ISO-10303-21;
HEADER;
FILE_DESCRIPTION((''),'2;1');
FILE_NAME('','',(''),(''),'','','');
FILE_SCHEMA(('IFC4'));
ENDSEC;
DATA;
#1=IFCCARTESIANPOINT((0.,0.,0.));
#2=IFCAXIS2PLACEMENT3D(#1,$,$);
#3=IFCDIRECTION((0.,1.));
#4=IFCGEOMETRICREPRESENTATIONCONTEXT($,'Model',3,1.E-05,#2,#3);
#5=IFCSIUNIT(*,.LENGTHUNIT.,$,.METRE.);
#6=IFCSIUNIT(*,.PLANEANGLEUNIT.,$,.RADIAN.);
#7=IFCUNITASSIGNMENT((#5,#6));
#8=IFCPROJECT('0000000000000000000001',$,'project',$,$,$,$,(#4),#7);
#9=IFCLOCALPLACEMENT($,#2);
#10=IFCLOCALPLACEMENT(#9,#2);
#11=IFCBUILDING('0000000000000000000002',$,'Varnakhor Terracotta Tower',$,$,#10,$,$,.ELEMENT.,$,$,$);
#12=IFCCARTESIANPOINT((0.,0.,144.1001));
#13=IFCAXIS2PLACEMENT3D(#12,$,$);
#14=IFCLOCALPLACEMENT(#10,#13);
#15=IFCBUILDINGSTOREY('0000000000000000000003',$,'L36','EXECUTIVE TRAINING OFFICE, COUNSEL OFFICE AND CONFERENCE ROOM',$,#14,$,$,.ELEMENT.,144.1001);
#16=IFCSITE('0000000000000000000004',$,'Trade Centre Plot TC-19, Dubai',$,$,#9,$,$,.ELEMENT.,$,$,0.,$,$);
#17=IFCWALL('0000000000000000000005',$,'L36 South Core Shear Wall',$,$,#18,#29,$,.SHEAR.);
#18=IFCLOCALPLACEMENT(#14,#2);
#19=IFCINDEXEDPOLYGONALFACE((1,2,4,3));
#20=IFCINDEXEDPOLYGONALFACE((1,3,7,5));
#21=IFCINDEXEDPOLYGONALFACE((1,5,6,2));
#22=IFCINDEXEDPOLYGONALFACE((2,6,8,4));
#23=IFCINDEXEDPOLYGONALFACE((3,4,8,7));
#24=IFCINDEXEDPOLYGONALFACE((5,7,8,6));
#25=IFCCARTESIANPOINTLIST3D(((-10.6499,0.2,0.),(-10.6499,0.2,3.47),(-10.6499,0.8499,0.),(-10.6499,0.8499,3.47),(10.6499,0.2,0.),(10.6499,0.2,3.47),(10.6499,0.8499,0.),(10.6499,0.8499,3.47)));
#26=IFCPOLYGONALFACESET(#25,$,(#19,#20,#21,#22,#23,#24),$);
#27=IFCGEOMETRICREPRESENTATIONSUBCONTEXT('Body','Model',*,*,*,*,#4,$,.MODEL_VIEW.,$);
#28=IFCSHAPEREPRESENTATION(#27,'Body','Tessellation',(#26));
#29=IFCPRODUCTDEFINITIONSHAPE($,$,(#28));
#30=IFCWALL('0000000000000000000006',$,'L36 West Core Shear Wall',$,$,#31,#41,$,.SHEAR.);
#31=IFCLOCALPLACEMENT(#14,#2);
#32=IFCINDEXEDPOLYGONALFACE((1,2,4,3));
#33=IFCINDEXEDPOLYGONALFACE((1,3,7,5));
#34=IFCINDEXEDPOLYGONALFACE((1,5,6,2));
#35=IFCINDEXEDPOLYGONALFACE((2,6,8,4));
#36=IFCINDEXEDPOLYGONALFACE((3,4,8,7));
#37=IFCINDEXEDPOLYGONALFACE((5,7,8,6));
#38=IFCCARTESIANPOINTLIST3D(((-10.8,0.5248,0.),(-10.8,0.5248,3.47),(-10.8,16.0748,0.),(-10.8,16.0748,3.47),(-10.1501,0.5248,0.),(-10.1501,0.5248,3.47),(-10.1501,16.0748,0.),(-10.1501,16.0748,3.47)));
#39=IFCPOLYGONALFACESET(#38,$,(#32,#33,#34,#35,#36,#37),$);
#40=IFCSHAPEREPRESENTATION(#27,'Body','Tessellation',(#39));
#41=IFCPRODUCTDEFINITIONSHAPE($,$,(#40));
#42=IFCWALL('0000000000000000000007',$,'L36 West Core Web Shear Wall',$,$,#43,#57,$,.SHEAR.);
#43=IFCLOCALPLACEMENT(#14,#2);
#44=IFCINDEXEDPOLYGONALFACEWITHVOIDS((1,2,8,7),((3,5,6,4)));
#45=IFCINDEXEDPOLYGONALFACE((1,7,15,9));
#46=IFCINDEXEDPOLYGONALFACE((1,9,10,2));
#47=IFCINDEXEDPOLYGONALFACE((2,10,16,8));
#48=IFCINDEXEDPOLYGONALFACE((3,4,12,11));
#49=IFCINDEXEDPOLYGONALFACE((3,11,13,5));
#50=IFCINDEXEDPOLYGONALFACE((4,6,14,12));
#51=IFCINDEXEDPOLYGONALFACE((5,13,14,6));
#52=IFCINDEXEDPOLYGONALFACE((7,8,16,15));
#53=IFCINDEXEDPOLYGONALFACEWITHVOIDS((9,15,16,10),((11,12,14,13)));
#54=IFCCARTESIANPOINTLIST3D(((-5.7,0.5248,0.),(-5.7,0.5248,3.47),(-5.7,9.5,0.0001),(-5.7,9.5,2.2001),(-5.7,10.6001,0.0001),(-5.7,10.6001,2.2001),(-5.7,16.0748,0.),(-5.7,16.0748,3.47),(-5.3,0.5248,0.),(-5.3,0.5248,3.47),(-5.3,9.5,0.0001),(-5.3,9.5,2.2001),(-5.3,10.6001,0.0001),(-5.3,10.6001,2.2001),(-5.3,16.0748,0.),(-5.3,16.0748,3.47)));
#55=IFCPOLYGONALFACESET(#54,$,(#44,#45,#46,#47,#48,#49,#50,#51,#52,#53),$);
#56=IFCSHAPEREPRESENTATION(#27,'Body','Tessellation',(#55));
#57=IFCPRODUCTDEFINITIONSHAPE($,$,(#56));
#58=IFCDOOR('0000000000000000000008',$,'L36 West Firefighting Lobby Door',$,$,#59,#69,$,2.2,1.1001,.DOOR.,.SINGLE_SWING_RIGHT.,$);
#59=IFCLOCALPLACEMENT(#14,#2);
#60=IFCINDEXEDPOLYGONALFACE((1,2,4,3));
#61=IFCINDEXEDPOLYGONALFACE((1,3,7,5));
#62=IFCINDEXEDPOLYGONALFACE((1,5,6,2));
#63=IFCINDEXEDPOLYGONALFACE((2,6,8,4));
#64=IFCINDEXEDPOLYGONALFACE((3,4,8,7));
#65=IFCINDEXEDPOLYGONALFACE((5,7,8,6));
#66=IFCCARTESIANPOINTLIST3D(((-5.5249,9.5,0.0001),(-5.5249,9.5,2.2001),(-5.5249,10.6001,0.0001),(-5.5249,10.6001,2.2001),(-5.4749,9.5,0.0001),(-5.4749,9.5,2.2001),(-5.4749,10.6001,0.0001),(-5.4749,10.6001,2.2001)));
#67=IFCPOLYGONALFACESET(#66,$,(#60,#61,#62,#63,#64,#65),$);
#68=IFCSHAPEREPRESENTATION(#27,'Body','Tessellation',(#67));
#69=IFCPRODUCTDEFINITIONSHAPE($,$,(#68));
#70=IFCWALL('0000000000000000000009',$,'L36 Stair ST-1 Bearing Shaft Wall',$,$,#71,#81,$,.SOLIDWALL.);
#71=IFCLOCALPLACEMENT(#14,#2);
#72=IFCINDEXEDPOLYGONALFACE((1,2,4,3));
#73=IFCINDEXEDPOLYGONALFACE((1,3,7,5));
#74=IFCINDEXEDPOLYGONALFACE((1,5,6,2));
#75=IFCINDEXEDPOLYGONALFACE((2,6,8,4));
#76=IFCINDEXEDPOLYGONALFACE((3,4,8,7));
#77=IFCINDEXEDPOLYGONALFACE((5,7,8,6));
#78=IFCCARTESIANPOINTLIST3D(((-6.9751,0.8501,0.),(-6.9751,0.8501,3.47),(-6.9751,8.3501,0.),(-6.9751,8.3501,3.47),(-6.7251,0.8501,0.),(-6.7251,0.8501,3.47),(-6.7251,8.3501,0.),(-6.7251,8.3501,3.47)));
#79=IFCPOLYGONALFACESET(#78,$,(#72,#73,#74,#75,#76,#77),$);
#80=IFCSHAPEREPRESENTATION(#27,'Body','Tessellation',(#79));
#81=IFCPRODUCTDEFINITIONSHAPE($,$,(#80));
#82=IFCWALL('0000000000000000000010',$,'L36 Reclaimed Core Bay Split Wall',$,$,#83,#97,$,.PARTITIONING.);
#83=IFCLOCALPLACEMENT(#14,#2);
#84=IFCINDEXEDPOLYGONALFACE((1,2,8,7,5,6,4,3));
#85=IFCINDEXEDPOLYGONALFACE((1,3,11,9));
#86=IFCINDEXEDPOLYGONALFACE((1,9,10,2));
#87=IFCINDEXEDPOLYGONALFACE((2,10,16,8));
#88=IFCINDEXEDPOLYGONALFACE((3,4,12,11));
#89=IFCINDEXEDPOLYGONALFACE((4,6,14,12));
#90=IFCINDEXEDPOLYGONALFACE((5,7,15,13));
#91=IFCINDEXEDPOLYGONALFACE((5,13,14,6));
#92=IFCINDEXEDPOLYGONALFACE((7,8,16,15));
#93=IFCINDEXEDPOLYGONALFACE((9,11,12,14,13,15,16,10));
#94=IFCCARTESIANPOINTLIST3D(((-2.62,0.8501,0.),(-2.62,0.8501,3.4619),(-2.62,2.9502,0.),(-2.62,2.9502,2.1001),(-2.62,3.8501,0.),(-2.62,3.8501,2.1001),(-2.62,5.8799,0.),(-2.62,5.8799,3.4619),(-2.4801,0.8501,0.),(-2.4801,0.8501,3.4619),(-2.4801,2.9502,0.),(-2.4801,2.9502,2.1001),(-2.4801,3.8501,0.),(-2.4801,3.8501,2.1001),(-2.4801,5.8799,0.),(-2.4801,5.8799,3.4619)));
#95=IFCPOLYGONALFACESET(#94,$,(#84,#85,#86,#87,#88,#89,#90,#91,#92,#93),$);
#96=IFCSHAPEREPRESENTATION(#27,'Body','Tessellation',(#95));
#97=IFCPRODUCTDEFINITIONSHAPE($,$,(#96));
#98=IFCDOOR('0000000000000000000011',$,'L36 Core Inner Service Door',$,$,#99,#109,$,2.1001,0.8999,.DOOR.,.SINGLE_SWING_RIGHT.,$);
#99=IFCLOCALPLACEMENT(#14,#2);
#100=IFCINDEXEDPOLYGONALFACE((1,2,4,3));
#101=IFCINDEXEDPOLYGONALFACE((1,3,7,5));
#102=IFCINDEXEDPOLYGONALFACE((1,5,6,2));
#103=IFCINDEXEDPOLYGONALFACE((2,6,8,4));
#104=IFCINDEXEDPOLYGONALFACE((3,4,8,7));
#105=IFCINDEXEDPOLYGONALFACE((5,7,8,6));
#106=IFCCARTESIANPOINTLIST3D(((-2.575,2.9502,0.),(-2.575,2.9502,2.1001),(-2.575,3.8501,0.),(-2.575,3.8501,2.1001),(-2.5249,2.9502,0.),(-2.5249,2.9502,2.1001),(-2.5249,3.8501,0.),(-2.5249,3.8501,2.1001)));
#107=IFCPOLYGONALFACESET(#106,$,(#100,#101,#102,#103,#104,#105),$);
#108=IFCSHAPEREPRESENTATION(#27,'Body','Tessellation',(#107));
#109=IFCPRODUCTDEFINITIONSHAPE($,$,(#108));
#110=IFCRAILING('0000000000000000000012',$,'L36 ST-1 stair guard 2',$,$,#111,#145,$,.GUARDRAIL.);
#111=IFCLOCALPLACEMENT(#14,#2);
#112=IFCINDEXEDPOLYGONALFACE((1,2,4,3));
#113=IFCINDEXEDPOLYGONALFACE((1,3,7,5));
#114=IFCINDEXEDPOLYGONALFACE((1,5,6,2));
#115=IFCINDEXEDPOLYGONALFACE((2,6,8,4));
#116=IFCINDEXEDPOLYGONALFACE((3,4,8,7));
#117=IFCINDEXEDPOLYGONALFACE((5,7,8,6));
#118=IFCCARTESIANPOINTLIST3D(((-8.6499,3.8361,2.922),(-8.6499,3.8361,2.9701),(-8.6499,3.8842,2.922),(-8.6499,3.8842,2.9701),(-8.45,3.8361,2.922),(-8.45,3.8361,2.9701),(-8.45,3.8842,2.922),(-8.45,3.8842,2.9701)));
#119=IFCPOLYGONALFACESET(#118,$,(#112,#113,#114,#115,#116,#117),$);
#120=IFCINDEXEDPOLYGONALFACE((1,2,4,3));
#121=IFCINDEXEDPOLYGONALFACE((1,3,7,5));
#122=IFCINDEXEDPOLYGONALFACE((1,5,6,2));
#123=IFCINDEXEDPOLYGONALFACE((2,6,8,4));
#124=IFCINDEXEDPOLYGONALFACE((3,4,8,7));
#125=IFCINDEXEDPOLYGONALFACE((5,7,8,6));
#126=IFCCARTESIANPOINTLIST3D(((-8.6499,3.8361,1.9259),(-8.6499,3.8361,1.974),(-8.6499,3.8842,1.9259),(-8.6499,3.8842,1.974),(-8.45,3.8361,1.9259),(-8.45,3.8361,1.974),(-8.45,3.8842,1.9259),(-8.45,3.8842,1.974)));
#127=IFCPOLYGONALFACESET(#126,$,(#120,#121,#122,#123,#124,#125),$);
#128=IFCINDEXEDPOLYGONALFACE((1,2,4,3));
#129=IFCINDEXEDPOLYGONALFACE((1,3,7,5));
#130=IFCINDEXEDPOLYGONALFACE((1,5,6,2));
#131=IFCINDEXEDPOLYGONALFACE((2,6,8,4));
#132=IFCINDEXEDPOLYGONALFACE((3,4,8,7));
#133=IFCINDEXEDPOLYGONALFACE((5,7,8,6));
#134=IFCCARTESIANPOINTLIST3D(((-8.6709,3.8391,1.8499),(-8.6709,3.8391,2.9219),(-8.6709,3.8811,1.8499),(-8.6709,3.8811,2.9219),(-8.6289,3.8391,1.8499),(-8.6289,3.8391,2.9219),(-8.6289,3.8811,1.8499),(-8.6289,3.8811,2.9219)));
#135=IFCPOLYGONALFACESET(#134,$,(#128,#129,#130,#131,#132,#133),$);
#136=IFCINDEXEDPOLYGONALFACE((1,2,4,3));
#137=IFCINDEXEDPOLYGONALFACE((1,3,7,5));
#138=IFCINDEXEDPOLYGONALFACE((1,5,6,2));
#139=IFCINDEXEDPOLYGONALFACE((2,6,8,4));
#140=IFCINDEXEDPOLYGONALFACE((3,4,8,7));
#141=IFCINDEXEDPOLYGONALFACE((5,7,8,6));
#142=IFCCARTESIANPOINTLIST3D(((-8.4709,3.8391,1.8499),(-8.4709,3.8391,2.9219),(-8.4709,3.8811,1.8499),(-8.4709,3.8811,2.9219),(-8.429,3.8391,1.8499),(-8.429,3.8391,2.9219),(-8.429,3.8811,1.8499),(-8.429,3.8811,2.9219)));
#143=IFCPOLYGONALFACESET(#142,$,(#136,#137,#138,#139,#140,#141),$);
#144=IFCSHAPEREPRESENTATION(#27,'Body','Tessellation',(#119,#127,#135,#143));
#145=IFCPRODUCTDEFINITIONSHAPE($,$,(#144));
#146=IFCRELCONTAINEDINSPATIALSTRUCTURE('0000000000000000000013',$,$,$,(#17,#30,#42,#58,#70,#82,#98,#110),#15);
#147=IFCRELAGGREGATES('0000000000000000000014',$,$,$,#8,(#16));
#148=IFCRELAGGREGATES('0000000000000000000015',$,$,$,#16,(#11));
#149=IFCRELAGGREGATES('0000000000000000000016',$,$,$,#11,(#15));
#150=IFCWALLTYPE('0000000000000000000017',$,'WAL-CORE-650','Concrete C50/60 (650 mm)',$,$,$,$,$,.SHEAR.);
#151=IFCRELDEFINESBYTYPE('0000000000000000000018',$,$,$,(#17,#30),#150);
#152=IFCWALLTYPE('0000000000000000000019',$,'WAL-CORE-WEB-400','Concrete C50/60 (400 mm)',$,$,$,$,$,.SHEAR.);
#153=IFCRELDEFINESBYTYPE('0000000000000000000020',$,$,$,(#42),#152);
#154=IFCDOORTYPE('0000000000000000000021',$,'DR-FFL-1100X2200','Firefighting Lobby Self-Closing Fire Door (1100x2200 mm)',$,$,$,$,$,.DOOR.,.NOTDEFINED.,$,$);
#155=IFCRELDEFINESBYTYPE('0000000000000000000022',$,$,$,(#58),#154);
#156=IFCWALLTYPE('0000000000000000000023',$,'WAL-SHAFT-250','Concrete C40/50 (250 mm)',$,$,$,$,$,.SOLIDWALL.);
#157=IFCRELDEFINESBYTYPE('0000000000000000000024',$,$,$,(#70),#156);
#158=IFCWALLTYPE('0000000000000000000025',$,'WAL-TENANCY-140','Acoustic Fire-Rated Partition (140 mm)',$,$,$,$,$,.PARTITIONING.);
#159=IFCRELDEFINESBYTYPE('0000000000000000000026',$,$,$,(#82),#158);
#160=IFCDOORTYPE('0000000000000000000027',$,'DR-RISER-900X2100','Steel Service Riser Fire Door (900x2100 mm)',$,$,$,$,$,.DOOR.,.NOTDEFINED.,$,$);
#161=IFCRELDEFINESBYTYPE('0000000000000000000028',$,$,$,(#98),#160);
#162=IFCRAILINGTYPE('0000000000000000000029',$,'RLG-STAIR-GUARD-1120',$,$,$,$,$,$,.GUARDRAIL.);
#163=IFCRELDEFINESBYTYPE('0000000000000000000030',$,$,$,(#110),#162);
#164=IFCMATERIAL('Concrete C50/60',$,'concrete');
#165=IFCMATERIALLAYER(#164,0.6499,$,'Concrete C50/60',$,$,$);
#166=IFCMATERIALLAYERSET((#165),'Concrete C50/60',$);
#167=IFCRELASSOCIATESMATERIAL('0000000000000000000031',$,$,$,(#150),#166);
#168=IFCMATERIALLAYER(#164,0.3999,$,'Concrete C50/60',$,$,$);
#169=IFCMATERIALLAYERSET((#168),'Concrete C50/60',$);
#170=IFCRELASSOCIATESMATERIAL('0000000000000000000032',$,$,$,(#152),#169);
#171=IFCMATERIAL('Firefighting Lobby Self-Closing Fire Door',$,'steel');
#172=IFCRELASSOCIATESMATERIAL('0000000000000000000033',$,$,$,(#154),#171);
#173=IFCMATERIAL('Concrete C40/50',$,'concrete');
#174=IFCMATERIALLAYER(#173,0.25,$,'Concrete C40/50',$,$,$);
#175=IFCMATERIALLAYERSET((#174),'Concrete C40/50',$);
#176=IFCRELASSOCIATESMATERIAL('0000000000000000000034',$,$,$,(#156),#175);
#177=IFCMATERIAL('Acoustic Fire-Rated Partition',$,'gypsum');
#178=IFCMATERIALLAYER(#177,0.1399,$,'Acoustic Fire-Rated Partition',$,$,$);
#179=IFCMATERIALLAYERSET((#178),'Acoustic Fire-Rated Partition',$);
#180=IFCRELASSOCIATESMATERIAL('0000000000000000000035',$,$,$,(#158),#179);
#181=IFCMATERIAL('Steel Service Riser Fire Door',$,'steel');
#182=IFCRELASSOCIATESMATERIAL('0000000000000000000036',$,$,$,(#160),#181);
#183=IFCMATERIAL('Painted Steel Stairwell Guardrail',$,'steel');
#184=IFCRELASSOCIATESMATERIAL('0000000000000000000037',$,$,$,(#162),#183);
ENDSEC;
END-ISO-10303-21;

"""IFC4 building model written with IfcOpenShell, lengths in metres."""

from ifc_helpers import new_model, si_unit, direction, frame, frame_2d, origin, origin_2d, place, context, subcontext, project, spatial, rectangle, extrude, source, transform, mapped, material, layer, layer_set, type_object, type_shapes, element, fill, save


model = new_model("IFC4")

# Units and contexts
model_context = context("Model", 3, precision=1e-05, world=origin(), true_north=direction((0.0, 1.0)))
body_context = subcontext(model_context, "Body", "Model", "MODEL_VIEW")
ifc_project = project(units=[si_unit("LENGTHUNIT", "METRE"), si_unit("PLANEANGLEUNIT", "RADIAN")], contexts=[model_context])

# Site, building, storey
site_placement = place(None, origin())
site = spatial("IfcSite", under=ifc_project, at=site_placement, Name="Trade Centre Plot TC-19, Dubai", CompositionType="ELEMENT", RefElevation=0.0)
building_placement = place(site_placement, origin())
building = spatial("IfcBuilding", under=site, at=building_placement, Name="Varnakhor Terracotta Tower", CompositionType="ELEMENT")
storey_placement = place(building_placement, frame((0.0, 0.0, 144.1001)))
storey = spatial("IfcBuildingStorey", under=building, at=storey_placement, Name="L36", Description="EXECUTIVE TRAINING OFFICE, COUNSEL OFFICE AND CONFERENCE ROOM", CompositionType="ELEMENT", Elevation=144.1001)

# Shared definitions
ifc_material_1 = material(Name="Concrete C50/60", Category="concrete")

# Walls
ifc_layer_1 = layer(ifc_material_1, 0.6499, Name="Concrete C50/60")
ifc_layer_set_1 = layer_set([ifc_layer_1], Name="Concrete C50/60")
wall_type_1 = type_object("IfcWallType", Name="WAL-CORE-650", Description="Concrete C50/60 (650 mm)", PredefinedType="SHEAR", material=ifc_layer_set_1)
wall_1_placement = place(storey_placement, frame((-10.6499, 0.5249, 0.0), z_axis=(0.0, 0.0, 1.0), x_axis=(1.0, 0.0, 0.0)))
element("IfcWall", 1, at=wall_1_placement, inside=storey, type_object=wall_type_1, Name="L36 South Core Shear Wall", PredefinedType="SHEAR", context=body_context, shape_type="SweptSolid", body=[
    extrude(rectangle(XDim=21.2998, YDim=0.6499, at=frame_2d((10.6499, 0.0))), origin(), (0.0, 0.0, 1.0), 3.47),
])
wall_2_placement = place(storey_placement, frame((-10.4751, 0.5249, 0.0), z_axis=(0.0, 0.0, 1.0), x_axis=(0.0, 1.0, 0.0)))
element("IfcWall", 2, at=wall_2_placement, inside=storey, type_object=wall_type_1, Name="L36 West Core Shear Wall", PredefinedType="SHEAR", context=body_context, shape_type="SweptSolid", body=[
    extrude(rectangle(XDim=15.55, YDim=0.6499, at=frame_2d((7.7749, 0.0))), origin(), (0.0, 0.0, 1.0), 3.47),
])

# Wall, opening, door
ifc_layer_2 = layer(ifc_material_1, 0.3999, Name="Concrete C50/60")
ifc_layer_set_2 = layer_set([ifc_layer_2], Name="Concrete C50/60")
wall_type_2 = type_object("IfcWallType", Name="WAL-CORE-WEB-400", Description="Concrete C50/60 (400 mm)", PredefinedType="SHEAR", material=ifc_layer_set_2)
wall_3_placement = place(storey_placement, frame((-5.5, 0.5249, 0.0), z_axis=(0.0, 0.0, 1.0), x_axis=(0.0, 1.0, 0.0)))
wall_3 = element("IfcWall", 3, at=wall_3_placement, inside=storey, type_object=wall_type_2, Name="L36 West Core Web Shear Wall", PredefinedType="SHEAR", context=body_context, shape_type="SweptSolid", body=[
    extrude(rectangle(XDim=15.55, YDim=0.3999, at=frame_2d((7.7749, 0.0))), origin(), (0.0, 0.0, 1.0), 3.47),
])
opening_1_placement = place(wall_3_placement, frame((8.9751, 0.0, 0.0)))
opening_1 = element("IfcOpeningElement", 4, at=opening_1_placement, cuts=wall_3, PredefinedType="OPENING", context=body_context, shape_type="SweptSolid", body=[
    extrude(rectangle(XDim=1.1001, YDim=2.2, at=frame_2d((0.55, 1.1001))), frame((0.0, 0.21, 0.0), z_axis=(0.0, -1.0, 0.0), x_axis=(1.0, 0.0, 0.0)), (0.0, 0.0, 1.0), 0.4199),
])
ifc_material_2 = material(Name="Firefighting Lobby Self-Closing Fire Door", Category="steel")
door_type_1 = type_object("IfcDoorType", Name="DR-FFL-1100X2200", Description="Firefighting Lobby Self-Closing Fire Door (1100x2200 mm)", OperationType="NOTDEFINED", PredefinedType="DOOR", material=ifc_material_2)
shared_shape_1 = source(origin(), body_context, "Body", "SweptSolid", [
    extrude(rectangle(XDim=1.1001, YDim=2.2, at=frame_2d((0.55, 1.1001))), frame((0.0, 0.0249, 0.0), z_axis=(0.0, -1.0, 0.0), x_axis=(1.0, 0.0, 0.0)), (0.0, 0.0, 1.0), 0.05),
])
type_shapes(door_type_1, [shared_shape_1])
door_1_placement = place(opening_1_placement, origin())
door_1 = element("IfcDoor", 5, at=door_1_placement, inside=storey, type_object=door_type_1, Name="L36 West Firefighting Lobby Door", OperationType="SINGLE_SWING_RIGHT", OverallHeight=2.2, OverallWidth=1.1001, PredefinedType="DOOR", context=body_context, shape_type="MappedRepresentation", body=[
    mapped(shared_shape_1, transform((0.0, 0.0, 0.0), scale=1.0)),
])
fill(opening_1, door_1)

# Wall
ifc_material_3 = material(Name="Concrete C40/50", Category="concrete")
ifc_layer_3 = layer(ifc_material_3, 0.25, Name="Concrete C40/50")
ifc_layer_set_3 = layer_set([ifc_layer_3], Name="Concrete C40/50")
wall_type_3 = type_object("IfcWallType", Name="WAL-SHAFT-250", Description="Concrete C40/50 (250 mm)", PredefinedType="SOLIDWALL", material=ifc_layer_set_3)
wall_4_placement = place(storey_placement, frame((-6.8501, 0.8501, 0.0), z_axis=(0.0, 0.0, 1.0), x_axis=(0.0, 1.0, 0.0)))
element("IfcWall", 6, at=wall_4_placement, inside=storey, type_object=wall_type_3, Name="L36 Stair ST-1 Bearing Shaft Wall", PredefinedType="SOLIDWALL", context=body_context, shape_type="SweptSolid", body=[
    extrude(rectangle(XDim=7.5, YDim=0.25, at=frame_2d((3.75, 0.0))), origin(), (0.0, 0.0, 1.0), 3.47),
])

# Wall, opening, door
ifc_material_4 = material(Name="Acoustic Fire-Rated Partition", Category="gypsum")
ifc_layer_4 = layer(ifc_material_4, 0.1399, Name="Acoustic Fire-Rated Partition")
ifc_layer_set_4 = layer_set([ifc_layer_4], Name="Acoustic Fire-Rated Partition")
wall_type_4 = type_object("IfcWallType", Name="WAL-TENANCY-140", Description="Acoustic Fire-Rated Partition (140 mm)", PredefinedType="PARTITIONING", material=ifc_layer_set_4)
wall_5_placement = place(storey_placement, frame((-2.55, 0.8501, 0.0), z_axis=(0.0, 0.0, 1.0), x_axis=(0.0, 1.0, 0.0)))
wall_5 = element("IfcWall", 7, at=wall_5_placement, inside=storey, type_object=wall_type_4, Name="L36 Reclaimed Core Bay Split Wall", PredefinedType="PARTITIONING", context=body_context, shape_type="SweptSolid", body=[
    extrude(rectangle(XDim=5.0298, YDim=0.1399, at=frame_2d((2.5149, 0.0))), origin(), (0.0, 0.0, 1.0), 3.4619),
])
opening_2_placement = place(wall_5_placement, frame((2.1001, 0.0, 0.0)))
opening_2 = element("IfcOpeningElement", 8, at=opening_2_placement, cuts=wall_5, PredefinedType="OPENING", context=body_context, shape_type="SweptSolid", body=[
    extrude(rectangle(XDim=0.8999, YDim=2.1001, at=frame_2d((0.45, 1.05))), frame((0.0, 0.0801, 0.0), z_axis=(0.0, -1.0, 0.0), x_axis=(1.0, 0.0, 0.0)), (0.0, 0.0, 1.0), 0.1599),
])
ifc_material_5 = material(Name="Steel Service Riser Fire Door", Category="steel")
door_type_2 = type_object("IfcDoorType", Name="DR-RISER-900X2100", Description="Steel Service Riser Fire Door (900x2100 mm)", OperationType="NOTDEFINED", PredefinedType="DOOR", material=ifc_material_5)
shared_shape_2 = source(origin(), body_context, "Body", "SweptSolid", [
    extrude(rectangle(XDim=0.8999, YDim=2.1001, at=frame_2d((0.45, 1.05))), frame((0.0, 0.0249, 0.0), z_axis=(0.0, -1.0, 0.0), x_axis=(1.0, 0.0, 0.0)), (0.0, 0.0, 1.0), 0.05),
])
type_shapes(door_type_2, [shared_shape_2])
door_2_placement = place(opening_2_placement, origin())
door_2 = element("IfcDoor", 9, at=door_2_placement, inside=storey, type_object=door_type_2, Name="L36 Core Inner Service Door", OperationType="SINGLE_SWING_RIGHT", OverallHeight=2.1001, OverallWidth=0.8999, PredefinedType="DOOR", context=body_context, shape_type="MappedRepresentation", body=[
    mapped(shared_shape_2, transform((0.0, 0.0, 0.0), scale=1.0)),
])
fill(opening_2, door_2)

# Railing
ifc_material_6 = material(Name="Painted Steel Stairwell Guardrail", Category="steel")
railing_type = type_object("IfcRailingType", Name="RLG-STAIR-GUARD-1120", PredefinedType="GUARDRAIL", material=ifc_material_6)
railing_placement = place(storey_placement, frame((-8.6499, 3.8601, 1.8499)))
element("IfcRailing", 10, at=railing_placement, inside=storey, type_object=railing_type, Name="L36 ST-1 stair guard 2", PredefinedType="GUARDRAIL", context=body_context, shape_type="SweptSolid", body=[
    extrude(rectangle(XDim=0.0481, YDim=0.0481, at=origin_2d()), frame((0.0, 0.0, 1.0962), z_axis=(1.0, 0.0, 0.0), x_axis=(0.0, 1.0, 0.0)), (0.0, 0.0, 1.0), 0.2),
    extrude(rectangle(XDim=0.0481, YDim=0.0481, at=origin_2d()), frame((0.0, 0.0, 0.1001), z_axis=(1.0, 0.0, 0.0), x_axis=(0.0, 1.0, 0.0)), (0.0, 0.0, 1.0), 0.2),
    extrude(rectangle(XDim=0.042, YDim=0.042, at=origin_2d()), origin(), (0.0, 0.0, 1.0), 1.072),
    extrude(rectangle(XDim=0.042, YDim=0.042, at=origin_2d()), frame((0.2, 0.0, 0.0)), (0.0, 0.0, 1.0), 1.072),
])

save(model, "model.ifc")
